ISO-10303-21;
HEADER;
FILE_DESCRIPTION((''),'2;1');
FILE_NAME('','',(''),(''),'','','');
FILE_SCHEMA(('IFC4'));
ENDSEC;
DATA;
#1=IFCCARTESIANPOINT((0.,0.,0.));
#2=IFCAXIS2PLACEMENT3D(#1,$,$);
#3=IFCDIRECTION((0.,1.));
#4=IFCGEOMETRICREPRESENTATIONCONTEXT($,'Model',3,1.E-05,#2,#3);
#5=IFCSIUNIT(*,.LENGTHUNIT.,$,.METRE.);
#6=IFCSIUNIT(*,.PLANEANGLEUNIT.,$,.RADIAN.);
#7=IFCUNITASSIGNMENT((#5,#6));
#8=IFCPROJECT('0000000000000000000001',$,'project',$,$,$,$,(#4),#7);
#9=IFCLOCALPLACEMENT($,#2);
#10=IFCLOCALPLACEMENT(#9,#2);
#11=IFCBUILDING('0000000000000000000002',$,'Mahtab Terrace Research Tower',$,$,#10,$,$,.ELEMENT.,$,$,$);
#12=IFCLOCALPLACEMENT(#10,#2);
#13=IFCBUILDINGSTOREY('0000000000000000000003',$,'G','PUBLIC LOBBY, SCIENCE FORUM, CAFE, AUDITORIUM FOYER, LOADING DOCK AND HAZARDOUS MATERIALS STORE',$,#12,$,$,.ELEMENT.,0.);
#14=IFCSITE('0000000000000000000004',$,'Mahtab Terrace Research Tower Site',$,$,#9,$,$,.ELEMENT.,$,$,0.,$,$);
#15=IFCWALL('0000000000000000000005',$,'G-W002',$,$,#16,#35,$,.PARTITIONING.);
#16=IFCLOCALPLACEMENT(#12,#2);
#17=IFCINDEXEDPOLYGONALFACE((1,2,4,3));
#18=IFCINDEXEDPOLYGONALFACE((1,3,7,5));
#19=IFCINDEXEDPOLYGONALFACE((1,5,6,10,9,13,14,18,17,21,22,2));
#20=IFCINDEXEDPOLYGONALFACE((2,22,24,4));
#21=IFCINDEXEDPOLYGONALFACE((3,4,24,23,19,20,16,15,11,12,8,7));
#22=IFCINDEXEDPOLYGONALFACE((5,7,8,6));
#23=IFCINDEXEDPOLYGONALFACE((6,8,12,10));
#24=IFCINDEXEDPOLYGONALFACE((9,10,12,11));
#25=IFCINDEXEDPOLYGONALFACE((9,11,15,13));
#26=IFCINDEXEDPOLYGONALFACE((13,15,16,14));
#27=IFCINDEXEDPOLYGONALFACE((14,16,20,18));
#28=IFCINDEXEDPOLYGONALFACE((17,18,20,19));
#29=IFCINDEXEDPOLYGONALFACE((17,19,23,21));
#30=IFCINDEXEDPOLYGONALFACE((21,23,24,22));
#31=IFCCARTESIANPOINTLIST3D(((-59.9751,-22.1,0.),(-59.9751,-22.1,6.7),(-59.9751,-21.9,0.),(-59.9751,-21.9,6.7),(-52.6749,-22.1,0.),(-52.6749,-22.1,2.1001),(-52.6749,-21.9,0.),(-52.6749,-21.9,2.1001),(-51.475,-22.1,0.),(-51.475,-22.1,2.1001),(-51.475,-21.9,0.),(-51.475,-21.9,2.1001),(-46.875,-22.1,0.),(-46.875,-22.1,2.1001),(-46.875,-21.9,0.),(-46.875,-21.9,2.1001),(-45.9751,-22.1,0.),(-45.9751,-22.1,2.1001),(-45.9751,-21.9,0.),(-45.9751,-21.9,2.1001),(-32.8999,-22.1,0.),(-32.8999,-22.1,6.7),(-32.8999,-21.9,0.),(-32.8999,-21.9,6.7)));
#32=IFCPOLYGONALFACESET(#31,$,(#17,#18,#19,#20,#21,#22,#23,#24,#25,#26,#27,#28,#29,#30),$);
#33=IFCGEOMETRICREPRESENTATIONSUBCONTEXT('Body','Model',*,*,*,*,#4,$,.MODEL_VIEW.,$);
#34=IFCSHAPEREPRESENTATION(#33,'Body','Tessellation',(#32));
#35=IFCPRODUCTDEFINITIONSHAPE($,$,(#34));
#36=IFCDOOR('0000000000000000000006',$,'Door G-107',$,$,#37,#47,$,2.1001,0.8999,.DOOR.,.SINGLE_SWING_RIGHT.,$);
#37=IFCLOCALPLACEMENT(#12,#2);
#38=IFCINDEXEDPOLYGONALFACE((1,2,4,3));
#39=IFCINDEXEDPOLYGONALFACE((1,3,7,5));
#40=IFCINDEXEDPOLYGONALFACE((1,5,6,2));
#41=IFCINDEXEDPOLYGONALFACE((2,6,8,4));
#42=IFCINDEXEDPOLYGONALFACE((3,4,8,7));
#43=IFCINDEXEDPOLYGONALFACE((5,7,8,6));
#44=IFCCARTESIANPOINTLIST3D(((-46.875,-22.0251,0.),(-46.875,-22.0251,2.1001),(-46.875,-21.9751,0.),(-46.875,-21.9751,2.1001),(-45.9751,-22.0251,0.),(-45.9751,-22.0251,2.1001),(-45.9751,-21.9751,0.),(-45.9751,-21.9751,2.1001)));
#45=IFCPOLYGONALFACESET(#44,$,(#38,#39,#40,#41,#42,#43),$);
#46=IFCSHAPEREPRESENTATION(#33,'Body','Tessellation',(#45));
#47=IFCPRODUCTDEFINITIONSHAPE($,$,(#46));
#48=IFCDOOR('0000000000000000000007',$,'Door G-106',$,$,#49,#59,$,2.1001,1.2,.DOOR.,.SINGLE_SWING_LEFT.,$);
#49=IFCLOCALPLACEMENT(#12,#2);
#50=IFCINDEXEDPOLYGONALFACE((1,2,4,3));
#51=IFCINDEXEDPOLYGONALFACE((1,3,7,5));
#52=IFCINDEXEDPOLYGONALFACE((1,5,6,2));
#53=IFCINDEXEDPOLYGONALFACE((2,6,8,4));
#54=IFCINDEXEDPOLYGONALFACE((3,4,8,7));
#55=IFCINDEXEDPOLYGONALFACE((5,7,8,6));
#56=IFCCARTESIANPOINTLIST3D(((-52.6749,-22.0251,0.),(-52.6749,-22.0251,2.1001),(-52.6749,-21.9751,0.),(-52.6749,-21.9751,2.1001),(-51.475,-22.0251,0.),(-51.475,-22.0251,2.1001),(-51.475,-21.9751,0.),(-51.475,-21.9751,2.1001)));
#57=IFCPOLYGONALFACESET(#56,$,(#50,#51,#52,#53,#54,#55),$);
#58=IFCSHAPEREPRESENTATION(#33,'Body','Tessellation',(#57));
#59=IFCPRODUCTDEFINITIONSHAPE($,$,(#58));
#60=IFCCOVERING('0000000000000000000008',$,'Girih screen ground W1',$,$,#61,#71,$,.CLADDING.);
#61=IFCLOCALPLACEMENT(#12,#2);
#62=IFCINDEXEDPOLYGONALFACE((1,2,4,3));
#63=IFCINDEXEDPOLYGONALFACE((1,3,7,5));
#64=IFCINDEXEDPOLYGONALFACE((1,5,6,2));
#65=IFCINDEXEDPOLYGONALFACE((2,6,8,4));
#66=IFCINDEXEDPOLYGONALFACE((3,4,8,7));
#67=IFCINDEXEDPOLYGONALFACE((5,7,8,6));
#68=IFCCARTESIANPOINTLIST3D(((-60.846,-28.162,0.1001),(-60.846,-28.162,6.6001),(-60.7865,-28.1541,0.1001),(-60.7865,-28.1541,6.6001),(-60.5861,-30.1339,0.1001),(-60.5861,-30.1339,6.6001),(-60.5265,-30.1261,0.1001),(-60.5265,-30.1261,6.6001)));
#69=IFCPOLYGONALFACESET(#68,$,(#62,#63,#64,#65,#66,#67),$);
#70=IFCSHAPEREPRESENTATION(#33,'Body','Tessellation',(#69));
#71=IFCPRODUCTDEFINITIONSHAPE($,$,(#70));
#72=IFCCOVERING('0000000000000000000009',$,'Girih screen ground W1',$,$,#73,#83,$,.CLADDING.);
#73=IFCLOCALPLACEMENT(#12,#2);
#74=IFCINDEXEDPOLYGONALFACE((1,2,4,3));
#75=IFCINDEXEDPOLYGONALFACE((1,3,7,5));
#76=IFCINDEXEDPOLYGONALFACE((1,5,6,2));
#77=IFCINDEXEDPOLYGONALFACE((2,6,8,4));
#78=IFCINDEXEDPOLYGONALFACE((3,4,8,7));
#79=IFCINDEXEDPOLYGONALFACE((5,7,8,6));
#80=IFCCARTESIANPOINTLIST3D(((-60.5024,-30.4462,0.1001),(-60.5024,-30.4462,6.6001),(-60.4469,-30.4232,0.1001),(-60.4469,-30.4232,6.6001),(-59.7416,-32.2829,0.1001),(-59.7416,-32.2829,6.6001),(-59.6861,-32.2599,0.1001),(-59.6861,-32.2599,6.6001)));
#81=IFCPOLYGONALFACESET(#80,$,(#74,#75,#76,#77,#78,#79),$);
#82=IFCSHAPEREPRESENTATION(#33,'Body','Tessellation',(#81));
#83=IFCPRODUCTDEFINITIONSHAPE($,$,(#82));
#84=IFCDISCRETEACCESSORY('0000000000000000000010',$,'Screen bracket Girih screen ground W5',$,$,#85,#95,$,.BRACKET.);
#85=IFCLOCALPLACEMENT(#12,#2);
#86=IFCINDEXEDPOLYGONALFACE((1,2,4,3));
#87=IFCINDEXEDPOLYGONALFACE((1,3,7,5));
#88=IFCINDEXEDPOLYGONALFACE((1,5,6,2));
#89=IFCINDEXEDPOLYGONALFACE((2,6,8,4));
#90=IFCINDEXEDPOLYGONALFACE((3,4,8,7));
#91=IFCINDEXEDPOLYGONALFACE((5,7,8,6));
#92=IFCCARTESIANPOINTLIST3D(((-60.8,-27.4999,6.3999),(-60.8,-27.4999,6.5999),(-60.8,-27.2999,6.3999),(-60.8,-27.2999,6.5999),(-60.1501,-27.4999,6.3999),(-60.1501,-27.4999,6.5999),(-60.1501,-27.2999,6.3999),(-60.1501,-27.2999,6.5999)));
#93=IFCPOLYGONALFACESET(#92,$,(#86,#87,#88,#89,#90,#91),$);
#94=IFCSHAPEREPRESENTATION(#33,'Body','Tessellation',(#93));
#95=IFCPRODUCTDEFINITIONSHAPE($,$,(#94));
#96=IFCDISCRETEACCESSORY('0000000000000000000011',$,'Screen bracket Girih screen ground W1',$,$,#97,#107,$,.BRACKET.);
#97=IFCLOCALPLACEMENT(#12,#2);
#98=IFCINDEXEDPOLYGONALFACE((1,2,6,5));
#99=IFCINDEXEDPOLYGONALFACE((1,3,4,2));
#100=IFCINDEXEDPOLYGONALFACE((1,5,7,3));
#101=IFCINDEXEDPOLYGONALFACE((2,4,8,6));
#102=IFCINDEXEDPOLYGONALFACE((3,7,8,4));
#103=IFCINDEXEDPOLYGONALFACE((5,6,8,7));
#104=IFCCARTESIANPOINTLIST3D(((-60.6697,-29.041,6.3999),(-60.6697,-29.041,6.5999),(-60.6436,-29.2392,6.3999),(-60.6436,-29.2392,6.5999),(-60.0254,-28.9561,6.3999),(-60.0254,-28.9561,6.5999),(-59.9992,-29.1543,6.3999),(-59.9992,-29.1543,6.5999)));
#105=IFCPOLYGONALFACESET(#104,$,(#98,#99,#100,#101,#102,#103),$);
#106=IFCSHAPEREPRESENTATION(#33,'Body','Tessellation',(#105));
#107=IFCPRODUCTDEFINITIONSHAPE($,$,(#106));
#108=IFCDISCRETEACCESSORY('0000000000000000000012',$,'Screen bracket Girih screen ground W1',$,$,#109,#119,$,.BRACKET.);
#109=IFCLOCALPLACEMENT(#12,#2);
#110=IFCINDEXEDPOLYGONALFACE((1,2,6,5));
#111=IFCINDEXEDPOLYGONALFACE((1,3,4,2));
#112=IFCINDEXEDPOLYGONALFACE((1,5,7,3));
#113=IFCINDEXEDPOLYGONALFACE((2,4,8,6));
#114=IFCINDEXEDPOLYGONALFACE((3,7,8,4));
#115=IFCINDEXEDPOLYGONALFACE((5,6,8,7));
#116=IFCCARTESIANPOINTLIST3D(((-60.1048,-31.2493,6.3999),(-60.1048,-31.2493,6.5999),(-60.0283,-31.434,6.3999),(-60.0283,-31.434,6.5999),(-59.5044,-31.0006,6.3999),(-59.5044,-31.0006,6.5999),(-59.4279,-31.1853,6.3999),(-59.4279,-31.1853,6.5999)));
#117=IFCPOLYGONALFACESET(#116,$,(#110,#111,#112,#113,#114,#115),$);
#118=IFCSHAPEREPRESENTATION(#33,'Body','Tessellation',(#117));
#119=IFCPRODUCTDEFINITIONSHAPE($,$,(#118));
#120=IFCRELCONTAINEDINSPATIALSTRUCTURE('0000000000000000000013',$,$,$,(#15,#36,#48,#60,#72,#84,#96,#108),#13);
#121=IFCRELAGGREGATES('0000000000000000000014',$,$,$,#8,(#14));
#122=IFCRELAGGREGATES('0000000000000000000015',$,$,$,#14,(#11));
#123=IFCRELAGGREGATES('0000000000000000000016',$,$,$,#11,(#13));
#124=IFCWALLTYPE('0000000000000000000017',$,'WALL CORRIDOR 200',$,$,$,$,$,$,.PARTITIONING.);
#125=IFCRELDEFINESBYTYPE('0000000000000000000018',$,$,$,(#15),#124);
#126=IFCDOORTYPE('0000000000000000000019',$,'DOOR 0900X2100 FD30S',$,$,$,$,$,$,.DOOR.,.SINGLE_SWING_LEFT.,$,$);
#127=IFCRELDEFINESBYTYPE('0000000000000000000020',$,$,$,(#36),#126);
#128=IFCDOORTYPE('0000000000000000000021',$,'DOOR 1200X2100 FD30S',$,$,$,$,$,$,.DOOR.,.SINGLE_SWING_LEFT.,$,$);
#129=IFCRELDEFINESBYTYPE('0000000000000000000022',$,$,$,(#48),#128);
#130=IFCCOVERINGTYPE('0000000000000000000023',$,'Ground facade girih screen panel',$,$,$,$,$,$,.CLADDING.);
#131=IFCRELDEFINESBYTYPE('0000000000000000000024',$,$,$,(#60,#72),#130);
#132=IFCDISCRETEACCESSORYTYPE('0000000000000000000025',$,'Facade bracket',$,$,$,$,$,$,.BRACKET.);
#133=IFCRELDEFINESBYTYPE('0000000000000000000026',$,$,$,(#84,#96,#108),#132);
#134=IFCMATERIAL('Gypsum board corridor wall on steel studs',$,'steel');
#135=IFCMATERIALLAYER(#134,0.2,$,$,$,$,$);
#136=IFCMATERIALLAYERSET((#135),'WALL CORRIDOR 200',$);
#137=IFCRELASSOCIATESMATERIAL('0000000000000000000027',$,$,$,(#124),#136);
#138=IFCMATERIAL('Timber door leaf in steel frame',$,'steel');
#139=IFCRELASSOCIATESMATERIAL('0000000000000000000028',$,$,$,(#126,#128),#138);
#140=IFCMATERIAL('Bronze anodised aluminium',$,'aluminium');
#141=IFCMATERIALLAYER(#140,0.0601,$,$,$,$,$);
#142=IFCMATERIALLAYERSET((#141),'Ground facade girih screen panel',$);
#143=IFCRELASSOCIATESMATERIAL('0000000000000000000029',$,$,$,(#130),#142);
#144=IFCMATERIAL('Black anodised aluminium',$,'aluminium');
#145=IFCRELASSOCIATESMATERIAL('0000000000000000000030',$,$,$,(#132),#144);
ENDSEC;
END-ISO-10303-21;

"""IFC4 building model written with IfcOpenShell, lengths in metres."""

from ifc_helpers import new_model, si_unit, direction, frame, frame_2d, origin, origin_2d, place, context, subcontext, project, spatial, rectangle, extrude, material, layer, layer_set, type_object, element, fill, save


model = new_model("IFC4")

# Units and contexts
model_context = context("Model", 3, precision=1e-05, world=origin(), true_north=direction((0.0, 1.0)))
body_context = subcontext(model_context, "Body", "Model", "MODEL_VIEW")
ifc_project = project(units=[si_unit("LENGTHUNIT", "METRE"), si_unit("PLANEANGLEUNIT", "RADIAN")], contexts=[model_context])

# Site, building, storey
site_placement = place(None, origin())
site = spatial("IfcSite", under=ifc_project, at=site_placement, Name="Mahtab Terrace Research Tower Site", CompositionType="ELEMENT", RefElevation=0.0)
building_placement = place(site_placement, origin())
building = spatial("IfcBuilding", under=site, at=building_placement, Name="Mahtab Terrace Research Tower", CompositionType="ELEMENT")
storey_placement = place(building_placement, origin())
storey = spatial("IfcBuildingStorey", under=building, at=storey_placement, Name="G", Description="PUBLIC LOBBY, SCIENCE FORUM, CAFE, AUDITORIUM FOYER, LOADING DOCK AND HAZARDOUS MATERIALS STORE", CompositionType="ELEMENT", Elevation=0.0)

# Wall, openings, doors
ifc_material_1 = material(Name="Gypsum board corridor wall on steel studs", Category="steel")
ifc_layer_1 = layer(ifc_material_1, 0.2)
ifc_layer_set_1 = layer_set([ifc_layer_1], Name="WALL CORRIDOR 200")
wall_type_1 = type_object("IfcWallType", Name="WALL CORRIDOR 200", PredefinedType="PARTITIONING", material=ifc_layer_set_1)
wall_1_placement = place(storey_placement, frame((-59.9751, -22.0, 0.0), z_axis=(0.0, 0.0, 1.0), x_axis=(1.0, 0.0, 0.0)))
wall_1 = element("IfcWall", 1, at=wall_1_placement, inside=storey, type_object=wall_type_1, Name="G-W002", PredefinedType="PARTITIONING", context=body_context, shape_type="SweptSolid", body=[
    extrude(rectangle(XDim=27.0752, YDim=0.2, at=frame_2d((13.5376, 0.0))), origin(), (0.0, 0.0, 1.0), 6.7),
])
opening_1_placement = place(wall_1_placement, frame((7.3, 0.0, 0.0)))
opening_1 = element("IfcOpeningElement", 2, at=opening_1_placement, cuts=wall_1, PredefinedType="OPENING", context=body_context, shape_type="SweptSolid", body=[
    extrude(rectangle(XDim=1.2, YDim=2.1001, at=frame_2d((0.6001, 1.05))), frame((0.0, 0.1099, 0.0), z_axis=(0.0, -1.0, 0.0), x_axis=(1.0, 0.0, 0.0)), (0.0, 0.0, 1.0), 0.22),
])
opening_2_placement = place(wall_1_placement, frame((13.1001, 0.0, 0.0)))
opening_2 = element("IfcOpeningElement", 3, at=opening_2_placement, cuts=wall_1, PredefinedType="OPENING", context=body_context, shape_type="SweptSolid", body=[
    extrude(rectangle(XDim=0.8999, YDim=2.1001, at=frame_2d((0.45, 1.05))), frame((0.0, 0.1099, 0.0), z_axis=(0.0, -1.0, 0.0), x_axis=(1.0, 0.0, 0.0)), (0.0, 0.0, 1.0), 0.22),
])
ifc_material_2 = material(Name="Timber door leaf in steel frame", Category="steel")
door_type_1 = type_object("IfcDoorType", Name="DOOR 0900X2100 FD30S", OperationType="SINGLE_SWING_LEFT", PredefinedType="DOOR", material=ifc_material_2)
door_1_placement = place(opening_2_placement, origin())
door_1 = element("IfcDoor", 4, at=door_1_placement, inside=storey, type_object=door_type_1, Name="Door G-107", OperationType="SINGLE_SWING_RIGHT", OverallHeight=2.1001, OverallWidth=0.8999, PredefinedType="DOOR", context=body_context, shape_type="SweptSolid", body=[
    extrude(rectangle(XDim=0.8999, YDim=2.1001, at=frame_2d((0.45, 1.05))), frame((0.0, 0.0249, 0.0), z_axis=(0.0, -1.0, 0.0), x_axis=(1.0, 0.0, 0.0)), (0.0, 0.0, 1.0), 0.05),
])
fill(opening_2, door_1)
door_type_2 = type_object("IfcDoorType", Name="DOOR 1200X2100 FD30S", OperationType="SINGLE_SWING_LEFT", PredefinedType="DOOR", material=ifc_material_2)
door_2_placement = place(opening_1_placement, origin())
door_2 = element("IfcDoor", 5, at=door_2_placement, inside=storey, type_object=door_type_2, Name="Door G-106", OperationType="SINGLE_SWING_LEFT", OverallHeight=2.1001, OverallWidth=1.2, PredefinedType="DOOR", context=body_context, shape_type="SweptSolid", body=[
    extrude(rectangle(XDim=1.2, YDim=2.1001, at=frame_2d((0.6001, 1.05))), frame((0.0, 0.0249, 0.0), z_axis=(0.0, -1.0, 0.0), x_axis=(1.0, 0.0, 0.0)), (0.0, 0.0, 1.0), 0.05),
])
fill(opening_1, door_2)

# Coverings
ifc_material_3 = material(Name="Bronze anodised aluminium", Category="aluminium")
ifc_layer_2 = layer(ifc_material_3, 0.0601)
ifc_layer_set_2 = layer_set([ifc_layer_2], Name="Ground facade girih screen panel")
covering_type = type_object("IfcCoveringType", Name="Ground facade girih screen panel", PredefinedType="CLADDING", material=ifc_layer_set_2)
covering_1_placement = place(storey_placement, frame((-60.6863, -29.144, 0.1001), z_axis=(0.0, 0.0, 1.0), x_axis=(0.13069, -0.991423, 0.0)))
element("IfcCovering", 6, at=covering_1_placement, inside=storey, type_object=covering_type, Name="Girih screen ground W1", PredefinedType="CLADDING", context=body_context, shape_type="SweptSolid", body=[
    extrude(rectangle(XDim=1.989, YDim=0.0601, at=origin_2d()), origin(), (0.0, 0.0, 1.0), 6.5),
])
covering_2_placement = place(storey_placement, frame((-60.0942, -31.353, 0.1001), z_axis=(0.0, 0.0, 1.0), x_axis=(0.382676, -0.923883, 0.0)))
element("IfcCovering", 7, at=covering_2_placement, inside=storey, type_object=covering_type, Name="Girih screen ground W1", PredefinedType="CLADDING", context=body_context, shape_type="SweptSolid", body=[
    extrude(rectangle(XDim=1.988, YDim=0.0601, at=origin_2d()), origin(), (0.0, 0.0, 1.0), 6.5),
])

# Discrete accessories
ifc_material_4 = material(Name="Black anodised aluminium", Category="aluminium")
discrete_accessory_type = type_object("IfcDiscreteAccessoryType", Name="Facade bracket", PredefinedType="BRACKET", material=ifc_material_4)
for number, where, z_axis, x_axis, name in (
    (8, (-60.4751, -27.3999, 6.3999), (0.0, 0.0, 1.0), (0.0, -1.0, 0.0), "Screen bracket Girih screen ground W5"),
    (9, (-60.3345, -29.0977, 6.3999), (0.0, 0.0, 1.0), (0.13069, -0.991423, 0.0), "Screen bracket Girih screen ground W1"),
    (10, (-59.7664, -31.2173, 6.3999), (0.0, 0.0, 1.0), (0.382676, -0.923883, 0.0), "Screen bracket Girih screen ground W1"),
):
    element("IfcDiscreteAccessory", number, at=place(storey_placement, frame(where, z_axis=z_axis, x_axis=x_axis)), inside=storey, type_object=discrete_accessory_type, Name=name, PredefinedType="BRACKET", context=body_context, shape_type="SweptSolid", body=[
        extrude(rectangle(XDim=0.2, YDim=0.6499, at=origin_2d()), origin(), (0.0, 0.0, 1.0), 0.2),
    ])

save(model, "model.ifc")
